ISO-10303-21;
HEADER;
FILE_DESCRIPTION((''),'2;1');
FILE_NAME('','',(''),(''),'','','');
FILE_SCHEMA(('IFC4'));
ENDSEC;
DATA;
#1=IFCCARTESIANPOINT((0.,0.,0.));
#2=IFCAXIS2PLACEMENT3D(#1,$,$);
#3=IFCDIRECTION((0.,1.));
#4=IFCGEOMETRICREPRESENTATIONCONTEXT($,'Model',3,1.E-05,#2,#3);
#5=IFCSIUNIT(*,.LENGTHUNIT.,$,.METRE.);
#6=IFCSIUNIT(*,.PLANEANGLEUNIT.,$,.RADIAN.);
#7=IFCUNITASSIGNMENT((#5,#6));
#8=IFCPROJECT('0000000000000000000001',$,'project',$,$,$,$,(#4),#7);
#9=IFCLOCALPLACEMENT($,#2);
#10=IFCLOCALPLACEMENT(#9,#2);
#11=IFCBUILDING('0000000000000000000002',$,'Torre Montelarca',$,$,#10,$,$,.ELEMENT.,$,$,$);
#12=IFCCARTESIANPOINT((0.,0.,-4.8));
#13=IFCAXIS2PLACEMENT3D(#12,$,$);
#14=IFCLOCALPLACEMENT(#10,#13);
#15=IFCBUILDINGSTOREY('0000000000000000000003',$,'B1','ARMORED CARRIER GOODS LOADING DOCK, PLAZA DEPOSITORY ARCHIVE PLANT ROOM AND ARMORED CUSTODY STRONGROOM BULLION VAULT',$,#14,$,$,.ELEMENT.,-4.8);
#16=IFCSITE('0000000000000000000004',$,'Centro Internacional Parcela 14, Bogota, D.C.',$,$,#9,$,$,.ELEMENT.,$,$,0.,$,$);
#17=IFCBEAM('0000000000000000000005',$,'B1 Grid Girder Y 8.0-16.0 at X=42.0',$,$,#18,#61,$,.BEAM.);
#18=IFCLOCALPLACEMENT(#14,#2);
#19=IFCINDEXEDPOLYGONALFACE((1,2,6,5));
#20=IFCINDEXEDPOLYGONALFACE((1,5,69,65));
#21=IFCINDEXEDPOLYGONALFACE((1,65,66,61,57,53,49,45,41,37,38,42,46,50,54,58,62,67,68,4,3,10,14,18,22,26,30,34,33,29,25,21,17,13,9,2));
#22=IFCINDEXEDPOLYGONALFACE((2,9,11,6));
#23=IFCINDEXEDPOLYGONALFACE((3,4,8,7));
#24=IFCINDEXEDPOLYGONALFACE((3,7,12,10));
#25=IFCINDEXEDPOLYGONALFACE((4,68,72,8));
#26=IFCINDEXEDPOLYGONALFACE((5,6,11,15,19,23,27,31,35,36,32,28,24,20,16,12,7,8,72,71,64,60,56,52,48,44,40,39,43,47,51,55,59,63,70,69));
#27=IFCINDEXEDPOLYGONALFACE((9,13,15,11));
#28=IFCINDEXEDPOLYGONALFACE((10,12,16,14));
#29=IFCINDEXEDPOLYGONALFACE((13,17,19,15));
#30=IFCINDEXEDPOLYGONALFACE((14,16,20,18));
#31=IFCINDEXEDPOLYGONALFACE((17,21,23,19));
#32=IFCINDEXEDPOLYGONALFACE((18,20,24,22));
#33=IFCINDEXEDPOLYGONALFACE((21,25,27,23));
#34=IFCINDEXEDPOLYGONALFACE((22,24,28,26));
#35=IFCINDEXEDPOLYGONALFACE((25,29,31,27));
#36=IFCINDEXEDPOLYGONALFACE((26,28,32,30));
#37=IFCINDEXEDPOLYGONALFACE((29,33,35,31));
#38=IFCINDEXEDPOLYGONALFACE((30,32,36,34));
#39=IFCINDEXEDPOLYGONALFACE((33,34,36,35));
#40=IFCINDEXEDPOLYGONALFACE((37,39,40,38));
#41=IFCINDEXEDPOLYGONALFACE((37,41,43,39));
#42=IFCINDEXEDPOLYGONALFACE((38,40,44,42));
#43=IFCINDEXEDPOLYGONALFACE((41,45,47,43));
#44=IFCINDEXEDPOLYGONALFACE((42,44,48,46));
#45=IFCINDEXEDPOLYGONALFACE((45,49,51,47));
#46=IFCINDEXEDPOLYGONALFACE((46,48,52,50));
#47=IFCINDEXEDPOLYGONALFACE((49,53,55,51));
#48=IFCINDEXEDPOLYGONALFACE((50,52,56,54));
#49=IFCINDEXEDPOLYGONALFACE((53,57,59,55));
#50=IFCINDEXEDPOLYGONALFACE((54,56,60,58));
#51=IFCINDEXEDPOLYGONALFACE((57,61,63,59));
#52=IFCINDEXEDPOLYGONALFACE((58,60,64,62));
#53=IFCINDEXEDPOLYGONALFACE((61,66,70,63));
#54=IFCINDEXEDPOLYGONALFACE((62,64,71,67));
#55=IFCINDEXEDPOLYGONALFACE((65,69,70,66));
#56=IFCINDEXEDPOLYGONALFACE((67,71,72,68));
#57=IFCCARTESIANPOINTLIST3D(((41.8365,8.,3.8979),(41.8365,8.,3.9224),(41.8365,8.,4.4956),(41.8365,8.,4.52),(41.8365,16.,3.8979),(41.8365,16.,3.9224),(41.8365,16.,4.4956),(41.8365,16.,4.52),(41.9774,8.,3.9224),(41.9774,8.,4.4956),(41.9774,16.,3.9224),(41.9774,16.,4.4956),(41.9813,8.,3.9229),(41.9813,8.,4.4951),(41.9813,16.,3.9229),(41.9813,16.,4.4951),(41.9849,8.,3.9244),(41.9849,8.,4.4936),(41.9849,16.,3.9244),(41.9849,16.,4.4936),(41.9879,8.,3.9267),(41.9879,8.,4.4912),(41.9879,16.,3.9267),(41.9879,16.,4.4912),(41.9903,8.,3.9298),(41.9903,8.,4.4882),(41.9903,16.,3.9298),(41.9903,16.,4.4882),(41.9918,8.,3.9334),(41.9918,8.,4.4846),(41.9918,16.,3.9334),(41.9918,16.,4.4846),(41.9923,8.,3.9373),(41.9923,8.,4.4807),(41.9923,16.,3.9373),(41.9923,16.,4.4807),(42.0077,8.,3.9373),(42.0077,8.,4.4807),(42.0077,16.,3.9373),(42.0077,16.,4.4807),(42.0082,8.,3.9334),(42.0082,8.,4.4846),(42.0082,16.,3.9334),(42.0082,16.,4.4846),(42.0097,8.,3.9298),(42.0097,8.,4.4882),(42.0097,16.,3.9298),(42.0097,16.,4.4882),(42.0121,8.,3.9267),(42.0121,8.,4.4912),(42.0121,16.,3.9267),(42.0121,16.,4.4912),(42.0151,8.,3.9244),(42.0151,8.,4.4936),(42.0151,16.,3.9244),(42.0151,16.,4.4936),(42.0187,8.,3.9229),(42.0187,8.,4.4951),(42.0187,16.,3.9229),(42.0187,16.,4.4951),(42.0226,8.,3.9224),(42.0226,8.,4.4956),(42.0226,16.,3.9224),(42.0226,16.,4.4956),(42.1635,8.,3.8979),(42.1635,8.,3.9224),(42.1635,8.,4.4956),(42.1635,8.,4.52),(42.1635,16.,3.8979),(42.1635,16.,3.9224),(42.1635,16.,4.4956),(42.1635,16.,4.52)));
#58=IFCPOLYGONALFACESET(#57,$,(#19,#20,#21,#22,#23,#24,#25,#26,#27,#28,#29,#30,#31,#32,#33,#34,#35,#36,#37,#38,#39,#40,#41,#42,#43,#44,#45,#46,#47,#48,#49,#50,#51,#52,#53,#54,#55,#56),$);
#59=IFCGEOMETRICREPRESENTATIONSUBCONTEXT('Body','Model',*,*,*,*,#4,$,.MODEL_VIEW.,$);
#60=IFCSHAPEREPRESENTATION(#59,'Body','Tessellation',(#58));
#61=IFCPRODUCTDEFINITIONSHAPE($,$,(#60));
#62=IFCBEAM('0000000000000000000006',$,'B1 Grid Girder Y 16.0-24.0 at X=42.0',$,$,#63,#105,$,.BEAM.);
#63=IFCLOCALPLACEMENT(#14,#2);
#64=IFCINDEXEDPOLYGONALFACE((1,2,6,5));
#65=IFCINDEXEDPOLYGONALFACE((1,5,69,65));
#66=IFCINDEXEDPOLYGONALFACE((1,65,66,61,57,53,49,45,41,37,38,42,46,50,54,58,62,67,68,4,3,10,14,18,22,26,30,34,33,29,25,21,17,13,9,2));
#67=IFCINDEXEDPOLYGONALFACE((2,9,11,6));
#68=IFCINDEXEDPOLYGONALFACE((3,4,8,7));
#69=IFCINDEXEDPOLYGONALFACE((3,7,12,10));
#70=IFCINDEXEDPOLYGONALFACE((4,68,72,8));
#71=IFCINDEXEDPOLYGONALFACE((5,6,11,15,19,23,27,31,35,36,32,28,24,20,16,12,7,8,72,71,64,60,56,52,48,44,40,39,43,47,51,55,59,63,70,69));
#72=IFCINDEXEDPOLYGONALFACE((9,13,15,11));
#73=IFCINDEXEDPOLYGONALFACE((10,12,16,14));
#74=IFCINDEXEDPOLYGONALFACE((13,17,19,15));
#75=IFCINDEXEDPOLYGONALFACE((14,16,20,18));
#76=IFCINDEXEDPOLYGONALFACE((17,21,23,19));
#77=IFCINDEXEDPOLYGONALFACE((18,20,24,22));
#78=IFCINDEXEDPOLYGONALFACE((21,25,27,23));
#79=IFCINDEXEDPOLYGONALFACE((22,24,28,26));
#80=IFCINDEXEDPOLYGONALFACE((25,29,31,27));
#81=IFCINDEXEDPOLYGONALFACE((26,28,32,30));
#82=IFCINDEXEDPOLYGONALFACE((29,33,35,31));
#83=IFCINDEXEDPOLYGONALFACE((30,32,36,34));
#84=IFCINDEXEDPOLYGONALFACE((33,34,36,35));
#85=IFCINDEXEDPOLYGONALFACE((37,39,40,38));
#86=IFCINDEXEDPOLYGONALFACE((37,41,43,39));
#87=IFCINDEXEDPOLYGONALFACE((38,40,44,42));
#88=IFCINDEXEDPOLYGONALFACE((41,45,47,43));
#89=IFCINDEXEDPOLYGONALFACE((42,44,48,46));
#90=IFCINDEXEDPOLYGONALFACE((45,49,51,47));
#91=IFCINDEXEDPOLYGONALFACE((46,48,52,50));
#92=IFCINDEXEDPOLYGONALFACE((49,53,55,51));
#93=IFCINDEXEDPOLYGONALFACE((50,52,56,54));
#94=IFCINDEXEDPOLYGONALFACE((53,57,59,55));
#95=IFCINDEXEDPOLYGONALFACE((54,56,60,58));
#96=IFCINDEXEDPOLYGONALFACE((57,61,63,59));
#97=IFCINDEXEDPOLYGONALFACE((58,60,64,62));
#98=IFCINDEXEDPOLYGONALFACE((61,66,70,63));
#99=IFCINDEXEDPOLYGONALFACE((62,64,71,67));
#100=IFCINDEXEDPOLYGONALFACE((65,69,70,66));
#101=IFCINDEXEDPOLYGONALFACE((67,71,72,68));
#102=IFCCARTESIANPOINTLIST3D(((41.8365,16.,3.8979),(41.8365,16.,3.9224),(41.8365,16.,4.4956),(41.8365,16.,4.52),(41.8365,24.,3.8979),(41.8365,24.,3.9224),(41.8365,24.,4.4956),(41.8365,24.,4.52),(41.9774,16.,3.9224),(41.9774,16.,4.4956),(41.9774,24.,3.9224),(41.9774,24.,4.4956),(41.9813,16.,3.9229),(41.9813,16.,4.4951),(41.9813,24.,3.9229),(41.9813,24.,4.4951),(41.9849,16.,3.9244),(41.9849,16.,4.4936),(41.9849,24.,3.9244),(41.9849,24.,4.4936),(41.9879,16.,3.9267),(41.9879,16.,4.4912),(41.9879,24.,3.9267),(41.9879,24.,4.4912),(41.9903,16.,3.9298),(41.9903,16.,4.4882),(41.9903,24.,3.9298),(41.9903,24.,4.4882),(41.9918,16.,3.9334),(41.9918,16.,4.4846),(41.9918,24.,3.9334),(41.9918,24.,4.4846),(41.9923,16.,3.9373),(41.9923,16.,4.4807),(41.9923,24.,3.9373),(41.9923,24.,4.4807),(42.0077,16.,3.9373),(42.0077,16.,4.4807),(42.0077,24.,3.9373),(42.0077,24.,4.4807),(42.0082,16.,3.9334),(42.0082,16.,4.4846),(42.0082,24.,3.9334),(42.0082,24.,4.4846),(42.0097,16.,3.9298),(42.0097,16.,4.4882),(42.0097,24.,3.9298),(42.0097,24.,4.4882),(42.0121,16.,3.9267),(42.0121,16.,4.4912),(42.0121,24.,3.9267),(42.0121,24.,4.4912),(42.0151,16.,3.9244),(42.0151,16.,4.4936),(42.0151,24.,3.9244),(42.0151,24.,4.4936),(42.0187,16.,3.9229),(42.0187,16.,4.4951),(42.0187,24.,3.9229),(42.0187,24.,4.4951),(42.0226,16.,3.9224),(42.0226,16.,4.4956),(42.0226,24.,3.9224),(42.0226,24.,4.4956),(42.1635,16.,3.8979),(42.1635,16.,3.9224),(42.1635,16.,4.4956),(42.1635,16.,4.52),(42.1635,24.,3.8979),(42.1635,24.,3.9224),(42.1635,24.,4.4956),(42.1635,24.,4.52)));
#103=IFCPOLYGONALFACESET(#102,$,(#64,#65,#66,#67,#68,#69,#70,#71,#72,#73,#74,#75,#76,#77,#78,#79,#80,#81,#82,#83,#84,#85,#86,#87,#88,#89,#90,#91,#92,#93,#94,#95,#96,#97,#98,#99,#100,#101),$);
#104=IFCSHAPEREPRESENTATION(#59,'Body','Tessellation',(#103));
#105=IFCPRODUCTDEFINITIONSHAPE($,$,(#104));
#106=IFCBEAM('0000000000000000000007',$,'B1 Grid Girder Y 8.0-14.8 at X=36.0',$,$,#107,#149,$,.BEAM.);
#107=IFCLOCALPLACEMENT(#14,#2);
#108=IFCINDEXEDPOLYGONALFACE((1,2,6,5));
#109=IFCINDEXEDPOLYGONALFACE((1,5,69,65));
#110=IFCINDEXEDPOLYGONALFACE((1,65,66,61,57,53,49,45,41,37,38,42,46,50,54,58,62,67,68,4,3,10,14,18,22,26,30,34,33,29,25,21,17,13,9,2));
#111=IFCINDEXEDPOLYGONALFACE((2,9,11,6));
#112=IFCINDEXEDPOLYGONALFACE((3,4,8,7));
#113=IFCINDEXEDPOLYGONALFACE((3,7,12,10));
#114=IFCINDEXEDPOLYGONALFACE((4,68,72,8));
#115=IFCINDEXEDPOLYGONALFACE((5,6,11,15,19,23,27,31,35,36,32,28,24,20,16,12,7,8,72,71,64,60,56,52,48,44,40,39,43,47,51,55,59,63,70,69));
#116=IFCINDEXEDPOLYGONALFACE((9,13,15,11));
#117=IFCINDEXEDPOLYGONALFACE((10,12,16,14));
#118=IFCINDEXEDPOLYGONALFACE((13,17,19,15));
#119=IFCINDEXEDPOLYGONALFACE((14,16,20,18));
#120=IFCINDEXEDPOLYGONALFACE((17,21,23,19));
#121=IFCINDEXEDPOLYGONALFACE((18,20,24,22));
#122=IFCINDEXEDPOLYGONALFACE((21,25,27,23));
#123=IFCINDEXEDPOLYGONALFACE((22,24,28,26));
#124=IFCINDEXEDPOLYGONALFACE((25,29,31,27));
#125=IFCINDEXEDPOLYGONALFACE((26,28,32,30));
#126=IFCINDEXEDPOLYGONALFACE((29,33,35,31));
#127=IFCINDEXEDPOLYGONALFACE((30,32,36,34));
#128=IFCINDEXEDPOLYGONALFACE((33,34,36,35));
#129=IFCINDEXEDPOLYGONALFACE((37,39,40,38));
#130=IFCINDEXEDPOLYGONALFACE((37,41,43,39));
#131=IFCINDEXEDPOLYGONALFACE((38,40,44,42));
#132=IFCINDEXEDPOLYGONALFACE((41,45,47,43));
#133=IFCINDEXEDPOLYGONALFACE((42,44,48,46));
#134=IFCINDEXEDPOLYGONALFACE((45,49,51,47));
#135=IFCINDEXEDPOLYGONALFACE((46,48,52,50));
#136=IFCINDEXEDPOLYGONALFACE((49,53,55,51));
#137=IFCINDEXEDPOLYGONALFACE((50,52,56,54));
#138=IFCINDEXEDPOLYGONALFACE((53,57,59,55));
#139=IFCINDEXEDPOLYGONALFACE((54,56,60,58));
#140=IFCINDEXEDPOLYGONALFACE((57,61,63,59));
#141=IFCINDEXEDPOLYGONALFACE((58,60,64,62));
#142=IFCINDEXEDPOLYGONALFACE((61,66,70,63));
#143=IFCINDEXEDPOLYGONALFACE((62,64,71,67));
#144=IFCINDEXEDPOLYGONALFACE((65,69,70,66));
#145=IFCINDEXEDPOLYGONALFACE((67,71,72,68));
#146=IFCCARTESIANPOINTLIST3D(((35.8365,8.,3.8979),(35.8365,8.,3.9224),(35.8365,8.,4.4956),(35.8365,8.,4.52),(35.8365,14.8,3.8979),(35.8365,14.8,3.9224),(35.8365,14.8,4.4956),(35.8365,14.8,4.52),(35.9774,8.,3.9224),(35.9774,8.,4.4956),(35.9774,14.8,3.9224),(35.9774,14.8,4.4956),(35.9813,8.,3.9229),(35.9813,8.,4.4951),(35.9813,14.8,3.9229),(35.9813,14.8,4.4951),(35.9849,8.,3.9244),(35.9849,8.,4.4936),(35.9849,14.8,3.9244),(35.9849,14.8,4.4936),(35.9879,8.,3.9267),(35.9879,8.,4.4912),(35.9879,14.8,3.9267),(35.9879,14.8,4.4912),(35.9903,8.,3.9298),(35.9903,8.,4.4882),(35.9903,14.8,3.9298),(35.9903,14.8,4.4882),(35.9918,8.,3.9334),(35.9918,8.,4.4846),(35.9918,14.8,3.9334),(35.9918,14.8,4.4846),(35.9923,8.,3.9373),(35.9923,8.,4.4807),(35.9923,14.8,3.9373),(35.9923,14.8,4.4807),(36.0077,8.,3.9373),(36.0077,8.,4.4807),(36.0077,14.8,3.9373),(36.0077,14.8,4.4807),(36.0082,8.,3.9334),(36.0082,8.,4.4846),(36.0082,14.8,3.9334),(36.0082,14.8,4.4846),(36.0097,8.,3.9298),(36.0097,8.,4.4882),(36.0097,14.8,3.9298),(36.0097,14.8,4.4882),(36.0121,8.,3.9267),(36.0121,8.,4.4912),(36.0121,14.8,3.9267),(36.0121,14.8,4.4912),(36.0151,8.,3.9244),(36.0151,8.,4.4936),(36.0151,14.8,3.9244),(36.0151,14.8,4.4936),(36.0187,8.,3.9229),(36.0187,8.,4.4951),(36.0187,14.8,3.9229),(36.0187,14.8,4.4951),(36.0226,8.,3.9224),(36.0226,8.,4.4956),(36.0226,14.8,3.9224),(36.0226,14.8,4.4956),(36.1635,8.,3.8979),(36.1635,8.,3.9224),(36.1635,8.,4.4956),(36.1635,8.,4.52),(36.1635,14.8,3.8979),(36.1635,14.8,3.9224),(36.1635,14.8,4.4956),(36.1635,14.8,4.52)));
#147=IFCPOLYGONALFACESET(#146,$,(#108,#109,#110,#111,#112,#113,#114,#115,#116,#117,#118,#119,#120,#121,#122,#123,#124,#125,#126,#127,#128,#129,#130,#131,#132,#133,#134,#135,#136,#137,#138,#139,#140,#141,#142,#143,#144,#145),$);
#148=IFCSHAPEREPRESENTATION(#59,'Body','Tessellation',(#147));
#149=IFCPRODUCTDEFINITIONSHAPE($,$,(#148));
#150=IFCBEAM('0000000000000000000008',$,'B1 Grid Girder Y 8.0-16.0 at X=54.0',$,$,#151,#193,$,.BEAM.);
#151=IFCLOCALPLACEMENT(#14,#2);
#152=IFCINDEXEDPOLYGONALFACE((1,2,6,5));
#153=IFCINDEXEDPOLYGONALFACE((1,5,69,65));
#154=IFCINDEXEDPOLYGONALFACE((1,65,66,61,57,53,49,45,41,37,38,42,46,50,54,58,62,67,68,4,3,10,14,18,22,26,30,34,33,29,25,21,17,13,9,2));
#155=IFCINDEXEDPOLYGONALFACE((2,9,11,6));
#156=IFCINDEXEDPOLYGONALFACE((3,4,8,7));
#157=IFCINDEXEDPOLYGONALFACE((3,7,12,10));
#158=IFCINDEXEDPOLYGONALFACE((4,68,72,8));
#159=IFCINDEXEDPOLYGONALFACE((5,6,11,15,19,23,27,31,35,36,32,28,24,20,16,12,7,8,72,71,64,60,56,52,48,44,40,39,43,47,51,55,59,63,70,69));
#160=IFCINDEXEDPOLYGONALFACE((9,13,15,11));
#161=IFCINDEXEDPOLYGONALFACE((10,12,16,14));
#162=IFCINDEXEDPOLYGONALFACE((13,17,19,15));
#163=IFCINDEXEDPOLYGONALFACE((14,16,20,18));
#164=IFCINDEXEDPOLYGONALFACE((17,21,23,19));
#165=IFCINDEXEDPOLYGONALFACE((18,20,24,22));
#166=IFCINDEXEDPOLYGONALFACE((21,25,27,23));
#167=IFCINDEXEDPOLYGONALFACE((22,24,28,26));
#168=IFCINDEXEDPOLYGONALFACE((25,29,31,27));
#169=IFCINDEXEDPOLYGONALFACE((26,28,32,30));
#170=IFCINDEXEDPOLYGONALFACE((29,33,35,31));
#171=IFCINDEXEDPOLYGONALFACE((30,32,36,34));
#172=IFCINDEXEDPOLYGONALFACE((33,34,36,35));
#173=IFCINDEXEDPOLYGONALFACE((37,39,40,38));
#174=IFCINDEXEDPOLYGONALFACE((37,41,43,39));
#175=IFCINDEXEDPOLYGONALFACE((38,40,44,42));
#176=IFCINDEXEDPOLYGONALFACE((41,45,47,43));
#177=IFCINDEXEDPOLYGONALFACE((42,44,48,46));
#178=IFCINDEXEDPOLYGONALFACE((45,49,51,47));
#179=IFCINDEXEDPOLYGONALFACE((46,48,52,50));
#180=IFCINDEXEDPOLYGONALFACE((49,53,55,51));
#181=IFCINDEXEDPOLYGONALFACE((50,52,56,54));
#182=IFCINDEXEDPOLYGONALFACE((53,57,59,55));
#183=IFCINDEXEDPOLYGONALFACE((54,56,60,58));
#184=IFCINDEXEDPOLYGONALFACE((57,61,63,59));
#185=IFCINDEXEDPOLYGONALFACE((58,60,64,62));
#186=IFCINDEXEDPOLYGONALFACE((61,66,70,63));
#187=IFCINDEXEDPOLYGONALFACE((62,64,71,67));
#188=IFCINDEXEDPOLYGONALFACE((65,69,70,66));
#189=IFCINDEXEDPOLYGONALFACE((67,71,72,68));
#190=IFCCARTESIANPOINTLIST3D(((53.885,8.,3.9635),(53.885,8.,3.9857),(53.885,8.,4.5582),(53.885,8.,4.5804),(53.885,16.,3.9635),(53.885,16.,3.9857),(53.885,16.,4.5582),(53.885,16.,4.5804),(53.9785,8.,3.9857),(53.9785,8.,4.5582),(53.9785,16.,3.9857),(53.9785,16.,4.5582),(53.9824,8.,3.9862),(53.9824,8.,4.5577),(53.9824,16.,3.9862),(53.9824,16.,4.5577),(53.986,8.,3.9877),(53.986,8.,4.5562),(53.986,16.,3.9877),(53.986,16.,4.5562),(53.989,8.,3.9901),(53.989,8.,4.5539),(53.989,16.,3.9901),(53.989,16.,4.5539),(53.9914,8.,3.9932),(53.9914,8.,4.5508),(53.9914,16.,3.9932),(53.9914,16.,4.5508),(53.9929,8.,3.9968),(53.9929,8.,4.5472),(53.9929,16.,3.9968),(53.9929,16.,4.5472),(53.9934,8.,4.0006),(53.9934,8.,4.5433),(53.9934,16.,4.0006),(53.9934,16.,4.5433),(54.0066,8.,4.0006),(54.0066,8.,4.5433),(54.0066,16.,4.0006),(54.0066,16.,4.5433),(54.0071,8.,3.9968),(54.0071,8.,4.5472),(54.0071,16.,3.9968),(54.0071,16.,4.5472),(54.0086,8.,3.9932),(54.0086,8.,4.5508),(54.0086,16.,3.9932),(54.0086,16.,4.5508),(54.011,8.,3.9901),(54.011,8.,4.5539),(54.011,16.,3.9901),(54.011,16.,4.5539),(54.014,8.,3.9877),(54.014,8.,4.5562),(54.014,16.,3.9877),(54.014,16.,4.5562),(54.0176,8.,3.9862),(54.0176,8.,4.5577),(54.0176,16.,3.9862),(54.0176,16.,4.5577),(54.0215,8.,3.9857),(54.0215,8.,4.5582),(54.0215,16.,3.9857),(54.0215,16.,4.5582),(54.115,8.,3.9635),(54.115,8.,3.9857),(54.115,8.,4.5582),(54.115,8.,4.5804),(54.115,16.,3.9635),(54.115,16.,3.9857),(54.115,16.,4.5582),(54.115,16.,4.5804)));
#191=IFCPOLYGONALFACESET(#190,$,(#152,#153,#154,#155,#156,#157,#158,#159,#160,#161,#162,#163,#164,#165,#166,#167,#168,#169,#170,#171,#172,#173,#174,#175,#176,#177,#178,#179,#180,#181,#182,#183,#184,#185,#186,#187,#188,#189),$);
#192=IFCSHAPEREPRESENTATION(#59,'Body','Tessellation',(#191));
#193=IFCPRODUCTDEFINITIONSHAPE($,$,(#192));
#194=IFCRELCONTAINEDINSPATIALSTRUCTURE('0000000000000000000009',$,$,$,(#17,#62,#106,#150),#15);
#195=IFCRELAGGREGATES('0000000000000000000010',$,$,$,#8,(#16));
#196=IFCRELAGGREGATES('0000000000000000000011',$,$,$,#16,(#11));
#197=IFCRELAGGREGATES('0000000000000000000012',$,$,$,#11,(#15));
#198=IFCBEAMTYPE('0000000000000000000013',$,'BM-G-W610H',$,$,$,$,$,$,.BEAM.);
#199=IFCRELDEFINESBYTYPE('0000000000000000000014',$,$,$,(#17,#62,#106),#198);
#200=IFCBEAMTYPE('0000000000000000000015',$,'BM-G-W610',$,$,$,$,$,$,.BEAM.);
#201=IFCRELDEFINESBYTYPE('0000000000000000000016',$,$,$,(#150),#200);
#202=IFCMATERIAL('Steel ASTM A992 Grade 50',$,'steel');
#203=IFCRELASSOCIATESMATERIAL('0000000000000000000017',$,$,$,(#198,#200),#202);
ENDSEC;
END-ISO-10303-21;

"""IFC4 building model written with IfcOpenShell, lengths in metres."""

from ifc_helpers import new_model, si_unit, direction, frame, origin, origin_2d, place, context, subcontext, project, spatial, i_section, extrude, source, transform, mapped, material, material_profile, profile_set, type_object, element, save


model = new_model("IFC4")

# Units and contexts
model_context = context("Model", 3, precision=1e-05, world=origin(), true_north=direction((0.0, 1.0)))
body_context = subcontext(model_context, "Body", "Model", "MODEL_VIEW")
ifc_project = project(units=[si_unit("LENGTHUNIT", "METRE"), si_unit("PLANEANGLEUNIT", "RADIAN")], contexts=[model_context])

# Site, building, storey
site_placement = place(None, origin())
site = spatial("IfcSite", under=ifc_project, at=site_placement, Name="Centro Internacional Parcela 14, Bogota, D.C.", CompositionType="ELEMENT", RefElevation=0.0)
building_placement = place(site_placement, origin())
building = spatial("IfcBuilding", under=site, at=building_placement, Name="Torre Montelarca", CompositionType="ELEMENT")
storey_placement = place(building_placement, frame((0.0, 0.0, -4.8)))
storey = spatial("IfcBuildingStorey", under=building, at=storey_placement, Name="B1", Description="ARMORED CARRIER GOODS LOADING DOCK, PLAZA DEPOSITORY ARCHIVE PLANT ROOM AND ARMORED CUSTODY STRONGROOM BULLION VAULT", CompositionType="ELEMENT", Elevation=-4.8)

# Beams
ifc_material_1 = material(Name="Steel ASTM A992 Grade 50", Category="steel")
ifc_material_profile_1 = material_profile(ifc_material_1, i_section(OverallWidth=0.3269, OverallDepth=0.6221, WebThickness=0.0154, FlangeThickness=0.0244, FilletRadius=0.0149, at=origin_2d()), Name="W610X195", Category="steel")
ifc_profile_set_1 = profile_set([ifc_material_profile_1], Name="Steel ASTM A992 Grade 50")
beam_type_1 = type_object("IfcBeamType", Name="BM-G-W610H", PredefinedType="BEAM", material=ifc_profile_set_1)
ifc_material_profile_2 = material_profile(ifc_material_1, i_section(OverallWidth=0.23, OverallDepth=0.6169, WebThickness=0.0132, FlangeThickness=0.0222, FilletRadius=0.0149, at=origin_2d()), Name="W610X140", Category="steel")
ifc_profile_set_2 = profile_set([ifc_material_profile_2], Name="Steel ASTM A992 Grade 50")
beam_type_2 = type_object("IfcBeamType", Name="BM-G-W610", PredefinedType="BEAM", material=ifc_profile_set_2)
shared_shape_1 = source(origin(), body_context, "Body", "SweptSolid", [
    extrude(i_section(OverallWidth=0.3269, OverallDepth=0.6221, WebThickness=0.0154, FlangeThickness=0.0244, FilletRadius=0.0149, at=origin_2d()), origin(), (0.0, 0.0, 1.0), 8.0),
])
for number, where, z_axis, x_axis, name in (
    (1, (42.0, 8.0, 4.209), (0.0, 1.0, 0.0), (-1.0, 0.0, 0.0), "B1 Grid Girder Y 8.0-16.0 at X=42.0"),
    (2, (42.0, 16.0, 4.209), (0.0, 1.0, 0.0), (-1.0, 0.0, 0.0), "B1 Grid Girder Y 16.0-24.0 at X=42.0"),
):
    element("IfcBeam", number, at=place(storey_placement, frame(where, z_axis=z_axis, x_axis=x_axis)), inside=storey, type_object=beam_type_1, Name=name, PredefinedType="BEAM", context=body_context, shape_type="MappedRepresentation", body=[
        mapped(shared_shape_1, transform((0.0, 0.0, 0.0), scale=1.0)),
    ])
shared_shape_2 = source(origin(), body_context, "Body", "SweptSolid", [
    extrude(i_section(OverallWidth=0.3269, OverallDepth=0.6221, WebThickness=0.0154, FlangeThickness=0.0244, FilletRadius=0.0149, at=origin_2d()), origin(), (0.0, 0.0, 1.0), 6.8),
])
beam_1_placement = place(storey_placement, frame((36.0, 8.0, 4.209), z_axis=(0.0, 1.0, 0.0), x_axis=(-1.0, 0.0, 0.0)))
element("IfcBeam", 3, at=beam_1_placement, inside=storey, type_object=beam_type_1, Name="B1 Grid Girder Y 8.0-14.8 at X=36.0", PredefinedType="BEAM", context=body_context, shape_type="MappedRepresentation", body=[
    mapped(shared_shape_2, transform((0.0, 0.0, 0.0), scale=1.0)),
])
shared_shape_3 = source(origin(), body_context, "Body", "SweptSolid", [
    extrude(i_section(OverallWidth=0.23, OverallDepth=0.6169, WebThickness=0.0132, FlangeThickness=0.0222, FilletRadius=0.0149, at=origin_2d()), origin(), (0.0, 0.0, 1.0), 8.0),
])
beam_2_placement = place(storey_placement, frame((54.0, 8.0, 4.272), z_axis=(0.0, 1.0, 0.0), x_axis=(-1.0, 0.0, 0.0)))
element("IfcBeam", 4, at=beam_2_placement, inside=storey, type_object=beam_type_2, Name="B1 Grid Girder Y 8.0-16.0 at X=54.0", PredefinedType="BEAM", context=body_context, shape_type="MappedRepresentation", body=[
    mapped(shared_shape_3, transform((0.0, 0.0, 0.0), scale=1.0)),
])

save(model, "model.ifc")
